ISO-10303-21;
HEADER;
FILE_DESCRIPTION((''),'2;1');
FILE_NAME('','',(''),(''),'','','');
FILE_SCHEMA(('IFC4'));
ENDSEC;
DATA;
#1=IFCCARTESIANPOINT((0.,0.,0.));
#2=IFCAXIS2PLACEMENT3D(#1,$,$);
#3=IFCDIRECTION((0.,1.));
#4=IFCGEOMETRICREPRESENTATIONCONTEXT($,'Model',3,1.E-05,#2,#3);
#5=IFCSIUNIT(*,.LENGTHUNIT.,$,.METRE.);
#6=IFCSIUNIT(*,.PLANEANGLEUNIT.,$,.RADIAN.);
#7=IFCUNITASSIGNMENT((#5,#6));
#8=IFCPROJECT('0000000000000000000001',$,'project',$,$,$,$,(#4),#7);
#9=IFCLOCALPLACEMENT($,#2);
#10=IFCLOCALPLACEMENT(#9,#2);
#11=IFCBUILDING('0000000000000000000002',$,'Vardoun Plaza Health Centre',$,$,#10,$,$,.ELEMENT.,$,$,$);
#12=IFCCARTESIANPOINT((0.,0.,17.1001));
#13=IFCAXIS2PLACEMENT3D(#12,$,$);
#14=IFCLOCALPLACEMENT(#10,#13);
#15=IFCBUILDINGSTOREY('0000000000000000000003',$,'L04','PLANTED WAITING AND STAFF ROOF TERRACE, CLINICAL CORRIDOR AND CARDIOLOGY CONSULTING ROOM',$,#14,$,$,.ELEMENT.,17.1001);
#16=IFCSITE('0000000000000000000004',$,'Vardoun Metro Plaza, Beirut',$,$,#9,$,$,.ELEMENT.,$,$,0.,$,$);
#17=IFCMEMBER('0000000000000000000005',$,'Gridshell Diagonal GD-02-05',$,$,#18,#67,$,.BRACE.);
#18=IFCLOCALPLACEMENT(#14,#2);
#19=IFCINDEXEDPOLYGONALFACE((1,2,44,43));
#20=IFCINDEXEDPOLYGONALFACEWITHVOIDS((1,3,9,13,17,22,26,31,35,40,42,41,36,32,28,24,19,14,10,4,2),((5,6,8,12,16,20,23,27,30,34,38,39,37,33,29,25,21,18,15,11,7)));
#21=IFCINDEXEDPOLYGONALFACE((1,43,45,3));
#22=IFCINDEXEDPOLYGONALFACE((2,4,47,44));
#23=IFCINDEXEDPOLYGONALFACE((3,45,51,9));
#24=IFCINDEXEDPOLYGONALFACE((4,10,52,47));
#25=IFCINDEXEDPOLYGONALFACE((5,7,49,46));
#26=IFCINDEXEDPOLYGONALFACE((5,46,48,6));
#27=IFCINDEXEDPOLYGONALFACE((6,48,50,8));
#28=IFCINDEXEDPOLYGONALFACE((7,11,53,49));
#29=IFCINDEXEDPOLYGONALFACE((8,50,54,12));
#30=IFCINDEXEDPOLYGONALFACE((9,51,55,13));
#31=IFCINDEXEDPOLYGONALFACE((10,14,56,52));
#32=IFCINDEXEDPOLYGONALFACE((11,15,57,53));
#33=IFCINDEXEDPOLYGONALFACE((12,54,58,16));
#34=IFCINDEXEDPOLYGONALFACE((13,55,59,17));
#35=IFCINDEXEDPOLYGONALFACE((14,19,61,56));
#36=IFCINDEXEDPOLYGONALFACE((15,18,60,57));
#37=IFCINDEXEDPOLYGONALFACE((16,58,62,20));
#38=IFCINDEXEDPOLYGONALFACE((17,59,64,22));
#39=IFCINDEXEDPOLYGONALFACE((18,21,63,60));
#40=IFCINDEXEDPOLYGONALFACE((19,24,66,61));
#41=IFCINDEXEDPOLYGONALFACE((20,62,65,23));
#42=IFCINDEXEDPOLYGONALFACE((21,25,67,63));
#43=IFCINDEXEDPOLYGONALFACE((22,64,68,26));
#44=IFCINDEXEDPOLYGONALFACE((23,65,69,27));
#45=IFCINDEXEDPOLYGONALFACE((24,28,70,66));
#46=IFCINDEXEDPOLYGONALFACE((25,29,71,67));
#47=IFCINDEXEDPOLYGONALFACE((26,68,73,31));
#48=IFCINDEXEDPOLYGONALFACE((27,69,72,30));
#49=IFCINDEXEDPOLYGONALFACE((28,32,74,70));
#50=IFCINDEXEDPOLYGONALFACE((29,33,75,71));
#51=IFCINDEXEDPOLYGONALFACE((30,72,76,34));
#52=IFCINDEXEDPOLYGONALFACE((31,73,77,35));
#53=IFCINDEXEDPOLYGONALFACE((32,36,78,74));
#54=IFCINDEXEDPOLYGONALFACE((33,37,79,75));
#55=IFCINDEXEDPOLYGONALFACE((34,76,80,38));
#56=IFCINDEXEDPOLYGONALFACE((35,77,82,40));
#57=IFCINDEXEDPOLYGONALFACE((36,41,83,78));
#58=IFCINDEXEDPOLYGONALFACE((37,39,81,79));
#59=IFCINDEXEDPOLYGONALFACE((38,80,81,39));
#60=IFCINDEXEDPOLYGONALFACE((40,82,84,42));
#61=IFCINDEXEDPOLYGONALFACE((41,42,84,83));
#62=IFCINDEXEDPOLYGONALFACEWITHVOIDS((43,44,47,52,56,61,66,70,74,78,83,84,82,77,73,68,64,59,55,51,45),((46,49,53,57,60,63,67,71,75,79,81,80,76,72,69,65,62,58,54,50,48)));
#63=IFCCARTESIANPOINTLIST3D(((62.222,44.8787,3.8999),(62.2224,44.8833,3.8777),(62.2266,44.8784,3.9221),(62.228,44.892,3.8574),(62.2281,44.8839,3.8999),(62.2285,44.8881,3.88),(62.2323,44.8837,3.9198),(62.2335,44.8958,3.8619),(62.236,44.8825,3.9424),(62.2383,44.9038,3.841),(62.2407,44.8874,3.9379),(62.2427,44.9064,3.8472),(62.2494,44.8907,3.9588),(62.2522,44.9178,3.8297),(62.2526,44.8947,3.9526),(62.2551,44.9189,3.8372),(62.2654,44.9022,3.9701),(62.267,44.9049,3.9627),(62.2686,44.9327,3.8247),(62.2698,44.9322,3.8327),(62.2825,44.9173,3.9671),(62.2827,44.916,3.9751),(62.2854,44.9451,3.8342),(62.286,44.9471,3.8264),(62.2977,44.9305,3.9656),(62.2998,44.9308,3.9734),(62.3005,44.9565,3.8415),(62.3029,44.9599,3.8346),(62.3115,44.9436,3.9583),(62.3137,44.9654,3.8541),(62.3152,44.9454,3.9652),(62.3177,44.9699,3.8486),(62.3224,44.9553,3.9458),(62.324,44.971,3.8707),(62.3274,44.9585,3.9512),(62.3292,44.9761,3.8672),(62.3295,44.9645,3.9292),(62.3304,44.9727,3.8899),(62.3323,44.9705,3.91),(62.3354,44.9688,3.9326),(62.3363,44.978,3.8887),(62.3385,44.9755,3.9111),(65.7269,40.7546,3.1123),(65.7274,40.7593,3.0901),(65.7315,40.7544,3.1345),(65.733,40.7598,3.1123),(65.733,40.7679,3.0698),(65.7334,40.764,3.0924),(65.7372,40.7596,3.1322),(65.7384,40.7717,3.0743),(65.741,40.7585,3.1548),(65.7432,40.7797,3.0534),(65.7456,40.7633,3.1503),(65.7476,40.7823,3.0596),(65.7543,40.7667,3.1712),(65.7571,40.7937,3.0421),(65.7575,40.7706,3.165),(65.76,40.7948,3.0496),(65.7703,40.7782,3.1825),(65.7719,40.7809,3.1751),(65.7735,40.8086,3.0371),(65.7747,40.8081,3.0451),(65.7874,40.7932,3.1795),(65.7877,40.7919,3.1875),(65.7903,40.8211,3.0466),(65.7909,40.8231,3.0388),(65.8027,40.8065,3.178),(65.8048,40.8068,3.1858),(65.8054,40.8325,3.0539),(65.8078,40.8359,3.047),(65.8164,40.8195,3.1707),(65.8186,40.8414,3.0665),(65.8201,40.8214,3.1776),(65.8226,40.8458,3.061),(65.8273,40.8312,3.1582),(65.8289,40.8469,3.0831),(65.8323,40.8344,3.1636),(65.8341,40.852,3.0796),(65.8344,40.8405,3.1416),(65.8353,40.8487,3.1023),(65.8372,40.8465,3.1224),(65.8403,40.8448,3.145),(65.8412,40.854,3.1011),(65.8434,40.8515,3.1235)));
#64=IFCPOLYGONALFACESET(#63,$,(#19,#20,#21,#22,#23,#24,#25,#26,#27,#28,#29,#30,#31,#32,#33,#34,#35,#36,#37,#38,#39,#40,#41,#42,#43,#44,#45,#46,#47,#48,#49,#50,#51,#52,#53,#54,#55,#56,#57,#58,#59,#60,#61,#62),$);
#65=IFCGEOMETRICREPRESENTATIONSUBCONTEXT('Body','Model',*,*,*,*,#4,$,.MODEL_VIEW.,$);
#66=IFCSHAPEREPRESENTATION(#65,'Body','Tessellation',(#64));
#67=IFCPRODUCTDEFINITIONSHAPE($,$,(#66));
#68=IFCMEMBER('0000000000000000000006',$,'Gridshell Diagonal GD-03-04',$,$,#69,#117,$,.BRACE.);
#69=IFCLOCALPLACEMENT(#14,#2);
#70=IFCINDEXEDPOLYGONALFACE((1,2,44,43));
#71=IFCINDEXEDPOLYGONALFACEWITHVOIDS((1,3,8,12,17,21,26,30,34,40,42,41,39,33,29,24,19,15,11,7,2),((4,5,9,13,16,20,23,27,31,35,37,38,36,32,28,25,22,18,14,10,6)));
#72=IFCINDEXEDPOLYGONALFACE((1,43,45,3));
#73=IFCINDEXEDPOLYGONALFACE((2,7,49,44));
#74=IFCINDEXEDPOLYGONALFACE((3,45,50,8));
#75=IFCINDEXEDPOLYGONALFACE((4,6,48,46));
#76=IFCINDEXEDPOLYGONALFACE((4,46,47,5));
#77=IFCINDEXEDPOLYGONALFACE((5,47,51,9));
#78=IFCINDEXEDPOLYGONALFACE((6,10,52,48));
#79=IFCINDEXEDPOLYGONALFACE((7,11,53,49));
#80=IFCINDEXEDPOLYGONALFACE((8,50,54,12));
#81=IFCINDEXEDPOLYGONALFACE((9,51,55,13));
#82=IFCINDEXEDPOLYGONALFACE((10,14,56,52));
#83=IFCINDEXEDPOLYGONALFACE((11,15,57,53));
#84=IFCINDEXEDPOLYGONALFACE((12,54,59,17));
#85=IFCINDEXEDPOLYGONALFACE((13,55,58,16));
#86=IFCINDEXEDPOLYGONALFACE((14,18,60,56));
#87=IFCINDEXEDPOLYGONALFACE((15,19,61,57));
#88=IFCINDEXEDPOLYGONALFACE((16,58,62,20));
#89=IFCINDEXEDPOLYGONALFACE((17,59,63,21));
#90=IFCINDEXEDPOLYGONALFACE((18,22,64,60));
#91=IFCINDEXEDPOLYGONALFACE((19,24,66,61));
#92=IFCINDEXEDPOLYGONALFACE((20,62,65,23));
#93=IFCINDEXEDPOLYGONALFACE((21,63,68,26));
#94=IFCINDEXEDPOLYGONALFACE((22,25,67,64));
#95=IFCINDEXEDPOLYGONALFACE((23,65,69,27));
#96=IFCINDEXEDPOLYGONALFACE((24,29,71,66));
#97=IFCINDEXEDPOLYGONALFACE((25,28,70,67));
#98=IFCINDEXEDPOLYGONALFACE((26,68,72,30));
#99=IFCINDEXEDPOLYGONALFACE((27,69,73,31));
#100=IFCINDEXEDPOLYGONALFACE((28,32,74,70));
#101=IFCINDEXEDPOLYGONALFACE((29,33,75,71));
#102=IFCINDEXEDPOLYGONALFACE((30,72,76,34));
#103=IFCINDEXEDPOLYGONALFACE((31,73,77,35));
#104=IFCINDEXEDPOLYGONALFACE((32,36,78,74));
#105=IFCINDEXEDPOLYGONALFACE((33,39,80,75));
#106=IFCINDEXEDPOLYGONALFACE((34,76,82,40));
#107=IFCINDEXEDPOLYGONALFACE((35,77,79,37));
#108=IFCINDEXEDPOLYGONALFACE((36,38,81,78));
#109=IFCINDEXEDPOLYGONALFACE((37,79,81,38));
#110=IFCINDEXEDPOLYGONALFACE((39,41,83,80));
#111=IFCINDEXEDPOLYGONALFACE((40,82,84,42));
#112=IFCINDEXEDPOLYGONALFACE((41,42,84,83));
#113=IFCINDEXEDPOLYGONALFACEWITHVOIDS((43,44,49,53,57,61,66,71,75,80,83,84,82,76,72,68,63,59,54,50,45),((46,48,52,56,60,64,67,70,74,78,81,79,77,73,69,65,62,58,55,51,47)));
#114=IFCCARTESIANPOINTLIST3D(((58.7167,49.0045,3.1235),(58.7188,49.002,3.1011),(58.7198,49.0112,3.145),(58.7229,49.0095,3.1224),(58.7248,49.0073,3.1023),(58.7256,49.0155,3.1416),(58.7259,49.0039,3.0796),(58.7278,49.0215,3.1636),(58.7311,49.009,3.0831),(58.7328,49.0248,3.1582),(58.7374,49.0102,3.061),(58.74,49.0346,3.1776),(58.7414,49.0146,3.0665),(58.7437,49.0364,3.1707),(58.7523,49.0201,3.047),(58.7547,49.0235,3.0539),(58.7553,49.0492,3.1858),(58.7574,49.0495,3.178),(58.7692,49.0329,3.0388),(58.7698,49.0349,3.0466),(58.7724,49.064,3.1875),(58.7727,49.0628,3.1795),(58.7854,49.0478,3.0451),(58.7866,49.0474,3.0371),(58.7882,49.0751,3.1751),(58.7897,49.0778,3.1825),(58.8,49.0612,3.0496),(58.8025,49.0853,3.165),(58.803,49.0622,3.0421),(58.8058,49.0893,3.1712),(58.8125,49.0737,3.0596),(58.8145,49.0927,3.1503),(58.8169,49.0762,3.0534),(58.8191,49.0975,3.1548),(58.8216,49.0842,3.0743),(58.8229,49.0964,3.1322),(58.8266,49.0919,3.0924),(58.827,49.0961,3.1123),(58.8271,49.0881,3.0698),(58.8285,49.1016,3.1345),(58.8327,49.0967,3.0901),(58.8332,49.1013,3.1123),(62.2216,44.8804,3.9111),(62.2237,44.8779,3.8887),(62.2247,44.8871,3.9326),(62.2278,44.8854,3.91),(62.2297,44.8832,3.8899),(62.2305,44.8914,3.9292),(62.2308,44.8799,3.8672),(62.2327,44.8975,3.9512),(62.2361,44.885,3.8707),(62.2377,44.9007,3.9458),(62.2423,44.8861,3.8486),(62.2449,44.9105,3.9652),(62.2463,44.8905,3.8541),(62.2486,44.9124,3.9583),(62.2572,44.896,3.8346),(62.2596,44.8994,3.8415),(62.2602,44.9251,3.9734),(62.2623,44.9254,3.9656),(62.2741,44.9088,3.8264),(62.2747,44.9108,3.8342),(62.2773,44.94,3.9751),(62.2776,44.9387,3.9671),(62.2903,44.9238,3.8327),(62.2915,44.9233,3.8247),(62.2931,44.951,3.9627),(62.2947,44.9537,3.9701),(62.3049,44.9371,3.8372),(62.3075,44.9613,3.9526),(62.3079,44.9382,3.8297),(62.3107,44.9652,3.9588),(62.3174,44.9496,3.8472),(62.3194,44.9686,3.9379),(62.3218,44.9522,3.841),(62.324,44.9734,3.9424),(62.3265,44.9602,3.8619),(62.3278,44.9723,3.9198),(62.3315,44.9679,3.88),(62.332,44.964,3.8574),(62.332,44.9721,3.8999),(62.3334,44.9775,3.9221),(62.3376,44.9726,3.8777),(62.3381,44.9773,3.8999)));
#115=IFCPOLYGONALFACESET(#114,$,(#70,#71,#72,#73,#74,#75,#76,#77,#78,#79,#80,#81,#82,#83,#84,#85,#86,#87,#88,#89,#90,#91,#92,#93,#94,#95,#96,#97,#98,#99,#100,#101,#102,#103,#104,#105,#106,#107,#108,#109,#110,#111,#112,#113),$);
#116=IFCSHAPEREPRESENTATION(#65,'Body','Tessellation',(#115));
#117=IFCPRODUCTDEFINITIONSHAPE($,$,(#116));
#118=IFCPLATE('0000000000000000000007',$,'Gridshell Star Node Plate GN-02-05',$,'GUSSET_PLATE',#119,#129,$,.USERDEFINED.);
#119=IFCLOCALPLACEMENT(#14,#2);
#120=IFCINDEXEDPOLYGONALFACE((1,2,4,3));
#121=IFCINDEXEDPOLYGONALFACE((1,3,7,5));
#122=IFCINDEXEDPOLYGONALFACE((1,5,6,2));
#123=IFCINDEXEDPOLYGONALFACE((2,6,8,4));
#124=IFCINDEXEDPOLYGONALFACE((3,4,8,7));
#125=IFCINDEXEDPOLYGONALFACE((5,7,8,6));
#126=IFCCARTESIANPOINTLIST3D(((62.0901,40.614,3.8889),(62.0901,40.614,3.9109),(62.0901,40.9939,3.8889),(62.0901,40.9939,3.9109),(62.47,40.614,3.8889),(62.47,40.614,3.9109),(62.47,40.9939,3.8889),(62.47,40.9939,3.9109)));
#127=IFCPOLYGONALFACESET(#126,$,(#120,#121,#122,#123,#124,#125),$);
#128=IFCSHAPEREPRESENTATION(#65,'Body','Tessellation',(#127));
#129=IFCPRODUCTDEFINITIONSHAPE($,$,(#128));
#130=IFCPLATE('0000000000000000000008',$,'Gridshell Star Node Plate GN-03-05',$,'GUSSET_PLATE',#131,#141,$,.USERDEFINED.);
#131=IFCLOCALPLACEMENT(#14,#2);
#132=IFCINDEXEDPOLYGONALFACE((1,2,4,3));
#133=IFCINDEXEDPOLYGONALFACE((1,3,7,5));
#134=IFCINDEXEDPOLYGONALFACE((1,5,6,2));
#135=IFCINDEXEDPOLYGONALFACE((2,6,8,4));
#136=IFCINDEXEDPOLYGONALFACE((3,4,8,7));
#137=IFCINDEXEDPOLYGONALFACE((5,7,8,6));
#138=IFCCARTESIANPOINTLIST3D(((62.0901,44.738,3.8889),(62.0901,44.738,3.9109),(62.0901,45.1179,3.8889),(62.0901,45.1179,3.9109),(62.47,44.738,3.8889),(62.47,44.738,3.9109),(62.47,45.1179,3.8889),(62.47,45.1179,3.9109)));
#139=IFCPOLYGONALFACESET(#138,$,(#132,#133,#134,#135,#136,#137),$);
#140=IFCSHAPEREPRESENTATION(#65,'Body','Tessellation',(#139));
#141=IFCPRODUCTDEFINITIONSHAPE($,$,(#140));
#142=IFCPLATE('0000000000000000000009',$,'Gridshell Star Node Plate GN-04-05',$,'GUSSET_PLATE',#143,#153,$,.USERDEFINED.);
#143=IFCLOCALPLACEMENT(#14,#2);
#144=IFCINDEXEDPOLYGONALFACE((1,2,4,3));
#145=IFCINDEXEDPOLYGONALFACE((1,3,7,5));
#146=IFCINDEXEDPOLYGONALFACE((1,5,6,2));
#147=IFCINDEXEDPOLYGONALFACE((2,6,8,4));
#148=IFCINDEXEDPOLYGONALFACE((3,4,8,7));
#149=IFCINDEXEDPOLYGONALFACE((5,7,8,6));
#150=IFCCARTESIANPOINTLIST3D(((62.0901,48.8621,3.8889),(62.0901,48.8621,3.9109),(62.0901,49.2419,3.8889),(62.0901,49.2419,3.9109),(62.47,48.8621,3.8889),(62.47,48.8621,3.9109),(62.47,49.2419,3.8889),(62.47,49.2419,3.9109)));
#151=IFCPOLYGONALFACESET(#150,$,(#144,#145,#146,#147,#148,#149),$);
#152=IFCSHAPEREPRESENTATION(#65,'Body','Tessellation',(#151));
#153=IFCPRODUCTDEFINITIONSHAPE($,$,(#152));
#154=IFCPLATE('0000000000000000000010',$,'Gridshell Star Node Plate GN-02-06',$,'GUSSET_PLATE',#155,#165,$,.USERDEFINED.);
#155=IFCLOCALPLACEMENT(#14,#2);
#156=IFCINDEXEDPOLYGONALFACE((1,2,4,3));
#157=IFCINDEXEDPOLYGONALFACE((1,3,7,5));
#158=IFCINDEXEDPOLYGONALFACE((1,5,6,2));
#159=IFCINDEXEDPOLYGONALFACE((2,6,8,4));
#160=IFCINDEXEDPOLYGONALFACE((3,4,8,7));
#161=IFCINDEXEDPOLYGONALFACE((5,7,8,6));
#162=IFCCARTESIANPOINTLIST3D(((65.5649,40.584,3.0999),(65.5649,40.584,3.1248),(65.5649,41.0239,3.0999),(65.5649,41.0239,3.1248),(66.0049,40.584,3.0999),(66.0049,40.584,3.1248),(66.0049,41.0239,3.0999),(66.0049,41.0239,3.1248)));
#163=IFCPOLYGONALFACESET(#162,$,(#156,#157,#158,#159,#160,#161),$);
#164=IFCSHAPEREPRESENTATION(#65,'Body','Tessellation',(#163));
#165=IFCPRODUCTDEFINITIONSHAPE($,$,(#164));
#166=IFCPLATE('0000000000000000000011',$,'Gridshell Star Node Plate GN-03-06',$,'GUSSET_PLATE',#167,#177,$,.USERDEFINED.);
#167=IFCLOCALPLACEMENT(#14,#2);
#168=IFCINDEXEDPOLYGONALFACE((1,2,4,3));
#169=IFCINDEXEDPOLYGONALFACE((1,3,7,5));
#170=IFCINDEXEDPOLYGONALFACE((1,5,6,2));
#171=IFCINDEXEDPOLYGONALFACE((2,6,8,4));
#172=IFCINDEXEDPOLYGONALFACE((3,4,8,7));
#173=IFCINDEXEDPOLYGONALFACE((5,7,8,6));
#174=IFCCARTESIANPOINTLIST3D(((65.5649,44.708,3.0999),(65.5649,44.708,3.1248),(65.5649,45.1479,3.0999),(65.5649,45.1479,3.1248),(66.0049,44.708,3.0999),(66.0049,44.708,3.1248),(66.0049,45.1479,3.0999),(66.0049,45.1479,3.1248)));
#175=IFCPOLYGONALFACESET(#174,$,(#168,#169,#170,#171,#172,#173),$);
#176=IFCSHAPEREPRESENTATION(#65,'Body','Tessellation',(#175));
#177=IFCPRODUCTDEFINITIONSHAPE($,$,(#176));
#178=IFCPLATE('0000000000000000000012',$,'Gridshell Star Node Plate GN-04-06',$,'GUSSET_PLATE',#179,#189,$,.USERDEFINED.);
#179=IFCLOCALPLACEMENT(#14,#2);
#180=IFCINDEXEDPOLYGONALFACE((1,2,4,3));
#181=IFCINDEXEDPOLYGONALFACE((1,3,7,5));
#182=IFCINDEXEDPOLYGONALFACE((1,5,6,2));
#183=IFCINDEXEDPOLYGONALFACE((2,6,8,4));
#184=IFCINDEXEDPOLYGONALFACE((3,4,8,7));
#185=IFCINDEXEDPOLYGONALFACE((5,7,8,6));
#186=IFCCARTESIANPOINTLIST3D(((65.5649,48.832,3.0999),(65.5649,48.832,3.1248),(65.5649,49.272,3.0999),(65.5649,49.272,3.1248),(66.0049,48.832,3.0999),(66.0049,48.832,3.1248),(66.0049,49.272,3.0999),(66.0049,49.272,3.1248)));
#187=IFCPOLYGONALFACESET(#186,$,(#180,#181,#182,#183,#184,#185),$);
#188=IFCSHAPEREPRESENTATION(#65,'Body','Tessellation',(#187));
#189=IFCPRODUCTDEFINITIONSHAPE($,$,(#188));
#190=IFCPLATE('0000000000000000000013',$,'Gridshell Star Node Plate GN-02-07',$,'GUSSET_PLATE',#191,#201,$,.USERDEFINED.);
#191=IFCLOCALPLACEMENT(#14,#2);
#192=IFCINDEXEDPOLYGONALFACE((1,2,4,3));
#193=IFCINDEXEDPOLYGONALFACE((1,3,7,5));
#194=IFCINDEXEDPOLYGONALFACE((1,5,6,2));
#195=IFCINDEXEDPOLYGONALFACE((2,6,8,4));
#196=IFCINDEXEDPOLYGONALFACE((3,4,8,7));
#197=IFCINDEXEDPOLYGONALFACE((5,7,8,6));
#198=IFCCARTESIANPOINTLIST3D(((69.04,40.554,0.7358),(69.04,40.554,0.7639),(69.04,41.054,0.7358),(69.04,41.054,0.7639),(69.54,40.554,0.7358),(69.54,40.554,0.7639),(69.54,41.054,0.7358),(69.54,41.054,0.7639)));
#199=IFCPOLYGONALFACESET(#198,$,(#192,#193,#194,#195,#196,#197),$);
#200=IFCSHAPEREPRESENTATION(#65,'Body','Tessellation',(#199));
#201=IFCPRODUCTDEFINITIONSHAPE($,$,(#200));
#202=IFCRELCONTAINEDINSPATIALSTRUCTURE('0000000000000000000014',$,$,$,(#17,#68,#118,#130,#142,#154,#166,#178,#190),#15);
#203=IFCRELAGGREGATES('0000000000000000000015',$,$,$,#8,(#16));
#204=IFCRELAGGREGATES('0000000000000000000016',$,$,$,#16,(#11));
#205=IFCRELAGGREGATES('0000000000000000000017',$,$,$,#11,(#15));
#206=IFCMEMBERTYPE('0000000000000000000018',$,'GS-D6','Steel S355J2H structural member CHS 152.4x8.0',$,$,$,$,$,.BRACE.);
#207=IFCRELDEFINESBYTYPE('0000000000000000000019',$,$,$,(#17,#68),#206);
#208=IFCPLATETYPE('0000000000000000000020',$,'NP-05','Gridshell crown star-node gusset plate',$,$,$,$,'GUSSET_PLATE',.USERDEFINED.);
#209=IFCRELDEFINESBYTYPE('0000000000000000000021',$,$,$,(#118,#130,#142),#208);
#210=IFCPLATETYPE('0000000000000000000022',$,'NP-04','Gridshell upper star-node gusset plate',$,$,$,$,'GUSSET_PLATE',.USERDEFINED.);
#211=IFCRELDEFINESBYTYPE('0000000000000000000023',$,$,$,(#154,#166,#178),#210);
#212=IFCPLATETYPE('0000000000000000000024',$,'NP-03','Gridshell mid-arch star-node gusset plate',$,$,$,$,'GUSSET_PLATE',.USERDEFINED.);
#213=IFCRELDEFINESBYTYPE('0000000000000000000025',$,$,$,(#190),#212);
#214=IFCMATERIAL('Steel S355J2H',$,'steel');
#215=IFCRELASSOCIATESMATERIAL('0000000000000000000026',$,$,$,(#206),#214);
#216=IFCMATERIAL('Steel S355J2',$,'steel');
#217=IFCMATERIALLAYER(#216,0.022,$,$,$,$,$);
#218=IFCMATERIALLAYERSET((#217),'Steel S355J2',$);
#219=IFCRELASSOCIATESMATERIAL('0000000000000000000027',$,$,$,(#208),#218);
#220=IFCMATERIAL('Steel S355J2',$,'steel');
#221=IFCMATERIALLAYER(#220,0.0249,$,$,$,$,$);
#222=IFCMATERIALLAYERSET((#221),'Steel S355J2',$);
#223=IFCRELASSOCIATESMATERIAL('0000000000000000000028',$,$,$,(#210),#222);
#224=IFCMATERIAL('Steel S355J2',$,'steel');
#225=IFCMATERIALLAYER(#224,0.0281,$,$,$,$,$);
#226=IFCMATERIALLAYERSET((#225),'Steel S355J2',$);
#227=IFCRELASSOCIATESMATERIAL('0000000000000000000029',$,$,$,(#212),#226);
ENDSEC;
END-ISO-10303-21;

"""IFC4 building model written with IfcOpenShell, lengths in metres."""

from ifc_helpers import new_model, si_unit, direction, frame, origin, origin_2d, place, context, subcontext, project, spatial, rectangle, hollow_circle, extrude, material, layer, layer_set, material_profile, profile_set, type_object, element, save


model = new_model("IFC4")

# Units and contexts
model_context = context("Model", 3, precision=1e-05, world=origin(), true_north=direction((0.0, 1.0)))
body_context = subcontext(model_context, "Body", "Model", "MODEL_VIEW")
ifc_project = project(units=[si_unit("LENGTHUNIT", "METRE"), si_unit("PLANEANGLEUNIT", "RADIAN")], contexts=[model_context])

# Site, building, storey
site_placement = place(None, origin())
site = spatial("IfcSite", under=ifc_project, at=site_placement, Name="Vardoun Metro Plaza, Beirut", CompositionType="ELEMENT", RefElevation=0.0)
building_placement = place(site_placement, origin())
building = spatial("IfcBuilding", under=site, at=building_placement, Name="Vardoun Plaza Health Centre", CompositionType="ELEMENT")
storey_placement = place(building_placement, frame((0.0, 0.0, 17.1001)))
storey = spatial("IfcBuildingStorey", under=building, at=storey_placement, Name="L04", Description="PLANTED WAITING AND STAFF ROOF TERRACE, CLINICAL CORRIDOR AND CARDIOLOGY CONSULTING ROOM", CompositionType="ELEMENT", Elevation=17.1001)

# Members
ifc_material_1 = material(Name="Steel S355J2H", Category="steel")
ifc_material_profile_1 = material_profile(ifc_material_1, hollow_circle(Radius=0.0762, WallThickness=0.0081, at=origin_2d()), Name="CHS 152.4x8.0")
ifc_profile_set_1 = profile_set([ifc_material_profile_1], Name="Steel S355J2H")
member_type_1 = type_object("IfcMemberType", Name="GS-D6", Description="Steel S355J2H structural member CHS 152.4x8.0", PredefinedType="BRACE", material=ifc_profile_set_1)
for number, where, z_axis, x_axis, name in (
    (1, (65.7849, 40.804, 3.1123), (-0.640841, 0.754046, 0.144006), (-0.761988, -0.647591, 0.0), "Gridshell Diagonal GD-02-05"),
    (2, (58.7751, 49.052, 3.1123), (0.640841, -0.754046, 0.144006), (0.761988, 0.647591, 0.0), "Gridshell Diagonal GD-03-04"),
):
    element("IfcMember", number, at=place(storey_placement, frame(where, z_axis=z_axis, x_axis=x_axis)), inside=storey, type_object=member_type_1, Name=name, PredefinedType="BRACE", context=body_context, shape_type="SweptSolid", body=[
        extrude(hollow_circle(Radius=0.0762, WallThickness=0.0081, at=origin_2d()), origin(), (0.0, 0.0, 1.0), 5.4692),
    ])

# Plates
ifc_material_2 = material(Name="Steel S355J2", Category="steel")
ifc_layer_1 = layer(ifc_material_2, 0.022)
ifc_layer_set_1 = layer_set([ifc_layer_1], Name="Steel S355J2")
plate_type_1 = type_object("IfcPlateType", Name="NP-05", Description="Gridshell crown star-node gusset plate", ElementType="GUSSET_PLATE", PredefinedType="USERDEFINED", material=ifc_layer_set_1)
for number, where, z_axis, x_axis, name in (
    (3, (62.28, 40.804, 3.8889), (0.0, 0.0, 1.0), (1.0, 0.0, 0.0), "Gridshell Star Node Plate GN-02-05"),
    (4, (62.28, 44.928, 3.8889), (0.0, 0.0, 1.0), (1.0, 0.0, 0.0), "Gridshell Star Node Plate GN-03-05"),
    (5, (62.28, 49.052, 3.8889), (0.0, 0.0, 1.0), (1.0, 0.0, 0.0), "Gridshell Star Node Plate GN-04-05"),
):
    element("IfcPlate", number, at=place(storey_placement, frame(where, z_axis=z_axis, x_axis=x_axis)), inside=storey, type_object=plate_type_1, Name=name, ObjectType="GUSSET_PLATE", PredefinedType="USERDEFINED", context=body_context, shape_type="SweptSolid", body=[
        extrude(rectangle(XDim=0.3799, YDim=0.3799, at=origin_2d()), origin(), (0.0, 0.0, 1.0), 0.022),
    ])
ifc_material_3 = material(Name="Steel S355J2", Category="steel")
ifc_layer_2 = layer(ifc_material_3, 0.0249)
ifc_layer_set_2 = layer_set([ifc_layer_2], Name="Steel S355J2")
plate_type_2 = type_object("IfcPlateType", Name="NP-04", Description="Gridshell upper star-node gusset plate", ElementType="GUSSET_PLATE", PredefinedType="USERDEFINED", material=ifc_layer_set_2)
for number, where, z_axis, x_axis, name in (
    (6, (65.7849, 40.804, 3.0999), (0.0, 0.0, 1.0), (1.0, 0.0, 0.0), "Gridshell Star Node Plate GN-02-06"),
    (7, (65.7849, 44.928, 3.0999), (0.0, 0.0, 1.0), (1.0, 0.0, 0.0), "Gridshell Star Node Plate GN-03-06"),
    (8, (65.7849, 49.052, 3.0999), (0.0, 0.0, 1.0), (1.0, 0.0, 0.0), "Gridshell Star Node Plate GN-04-06"),
):
    element("IfcPlate", number, at=place(storey_placement, frame(where, z_axis=z_axis, x_axis=x_axis)), inside=storey, type_object=plate_type_2, Name=name, ObjectType="GUSSET_PLATE", PredefinedType="USERDEFINED", context=body_context, shape_type="SweptSolid", body=[
        extrude(rectangle(XDim=0.4399, YDim=0.4399, at=origin_2d()), origin(), (0.0, 0.0, 1.0), 0.0249),
    ])
ifc_material_4 = material(Name="Steel S355J2", Category="steel")
ifc_layer_3 = layer(ifc_material_4, 0.0281)
ifc_layer_set_3 = layer_set([ifc_layer_3], Name="Steel S355J2")
plate_type_3 = type_object("IfcPlateType", Name="NP-03", Description="Gridshell mid-arch star-node gusset plate", ElementType="GUSSET_PLATE", PredefinedType="USERDEFINED", material=ifc_layer_set_3)
for number, where, z_axis, x_axis, name in (
    (9, (69.29, 40.804, 0.7358), (0.0, 0.0, 1.0), (1.0, 0.0, 0.0), "Gridshell Star Node Plate GN-02-07"),
):
    element("IfcPlate", number, at=place(storey_placement, frame(where, z_axis=z_axis, x_axis=x_axis)), inside=storey, type_object=plate_type_3, Name=name, ObjectType="GUSSET_PLATE", PredefinedType="USERDEFINED", context=body_context, shape_type="SweptSolid", body=[
        extrude(rectangle(XDim=0.5, YDim=0.5, at=origin_2d()), origin(), (0.0, 0.0, 1.0), 0.0281),
    ])

save(model, "model.ifc")
